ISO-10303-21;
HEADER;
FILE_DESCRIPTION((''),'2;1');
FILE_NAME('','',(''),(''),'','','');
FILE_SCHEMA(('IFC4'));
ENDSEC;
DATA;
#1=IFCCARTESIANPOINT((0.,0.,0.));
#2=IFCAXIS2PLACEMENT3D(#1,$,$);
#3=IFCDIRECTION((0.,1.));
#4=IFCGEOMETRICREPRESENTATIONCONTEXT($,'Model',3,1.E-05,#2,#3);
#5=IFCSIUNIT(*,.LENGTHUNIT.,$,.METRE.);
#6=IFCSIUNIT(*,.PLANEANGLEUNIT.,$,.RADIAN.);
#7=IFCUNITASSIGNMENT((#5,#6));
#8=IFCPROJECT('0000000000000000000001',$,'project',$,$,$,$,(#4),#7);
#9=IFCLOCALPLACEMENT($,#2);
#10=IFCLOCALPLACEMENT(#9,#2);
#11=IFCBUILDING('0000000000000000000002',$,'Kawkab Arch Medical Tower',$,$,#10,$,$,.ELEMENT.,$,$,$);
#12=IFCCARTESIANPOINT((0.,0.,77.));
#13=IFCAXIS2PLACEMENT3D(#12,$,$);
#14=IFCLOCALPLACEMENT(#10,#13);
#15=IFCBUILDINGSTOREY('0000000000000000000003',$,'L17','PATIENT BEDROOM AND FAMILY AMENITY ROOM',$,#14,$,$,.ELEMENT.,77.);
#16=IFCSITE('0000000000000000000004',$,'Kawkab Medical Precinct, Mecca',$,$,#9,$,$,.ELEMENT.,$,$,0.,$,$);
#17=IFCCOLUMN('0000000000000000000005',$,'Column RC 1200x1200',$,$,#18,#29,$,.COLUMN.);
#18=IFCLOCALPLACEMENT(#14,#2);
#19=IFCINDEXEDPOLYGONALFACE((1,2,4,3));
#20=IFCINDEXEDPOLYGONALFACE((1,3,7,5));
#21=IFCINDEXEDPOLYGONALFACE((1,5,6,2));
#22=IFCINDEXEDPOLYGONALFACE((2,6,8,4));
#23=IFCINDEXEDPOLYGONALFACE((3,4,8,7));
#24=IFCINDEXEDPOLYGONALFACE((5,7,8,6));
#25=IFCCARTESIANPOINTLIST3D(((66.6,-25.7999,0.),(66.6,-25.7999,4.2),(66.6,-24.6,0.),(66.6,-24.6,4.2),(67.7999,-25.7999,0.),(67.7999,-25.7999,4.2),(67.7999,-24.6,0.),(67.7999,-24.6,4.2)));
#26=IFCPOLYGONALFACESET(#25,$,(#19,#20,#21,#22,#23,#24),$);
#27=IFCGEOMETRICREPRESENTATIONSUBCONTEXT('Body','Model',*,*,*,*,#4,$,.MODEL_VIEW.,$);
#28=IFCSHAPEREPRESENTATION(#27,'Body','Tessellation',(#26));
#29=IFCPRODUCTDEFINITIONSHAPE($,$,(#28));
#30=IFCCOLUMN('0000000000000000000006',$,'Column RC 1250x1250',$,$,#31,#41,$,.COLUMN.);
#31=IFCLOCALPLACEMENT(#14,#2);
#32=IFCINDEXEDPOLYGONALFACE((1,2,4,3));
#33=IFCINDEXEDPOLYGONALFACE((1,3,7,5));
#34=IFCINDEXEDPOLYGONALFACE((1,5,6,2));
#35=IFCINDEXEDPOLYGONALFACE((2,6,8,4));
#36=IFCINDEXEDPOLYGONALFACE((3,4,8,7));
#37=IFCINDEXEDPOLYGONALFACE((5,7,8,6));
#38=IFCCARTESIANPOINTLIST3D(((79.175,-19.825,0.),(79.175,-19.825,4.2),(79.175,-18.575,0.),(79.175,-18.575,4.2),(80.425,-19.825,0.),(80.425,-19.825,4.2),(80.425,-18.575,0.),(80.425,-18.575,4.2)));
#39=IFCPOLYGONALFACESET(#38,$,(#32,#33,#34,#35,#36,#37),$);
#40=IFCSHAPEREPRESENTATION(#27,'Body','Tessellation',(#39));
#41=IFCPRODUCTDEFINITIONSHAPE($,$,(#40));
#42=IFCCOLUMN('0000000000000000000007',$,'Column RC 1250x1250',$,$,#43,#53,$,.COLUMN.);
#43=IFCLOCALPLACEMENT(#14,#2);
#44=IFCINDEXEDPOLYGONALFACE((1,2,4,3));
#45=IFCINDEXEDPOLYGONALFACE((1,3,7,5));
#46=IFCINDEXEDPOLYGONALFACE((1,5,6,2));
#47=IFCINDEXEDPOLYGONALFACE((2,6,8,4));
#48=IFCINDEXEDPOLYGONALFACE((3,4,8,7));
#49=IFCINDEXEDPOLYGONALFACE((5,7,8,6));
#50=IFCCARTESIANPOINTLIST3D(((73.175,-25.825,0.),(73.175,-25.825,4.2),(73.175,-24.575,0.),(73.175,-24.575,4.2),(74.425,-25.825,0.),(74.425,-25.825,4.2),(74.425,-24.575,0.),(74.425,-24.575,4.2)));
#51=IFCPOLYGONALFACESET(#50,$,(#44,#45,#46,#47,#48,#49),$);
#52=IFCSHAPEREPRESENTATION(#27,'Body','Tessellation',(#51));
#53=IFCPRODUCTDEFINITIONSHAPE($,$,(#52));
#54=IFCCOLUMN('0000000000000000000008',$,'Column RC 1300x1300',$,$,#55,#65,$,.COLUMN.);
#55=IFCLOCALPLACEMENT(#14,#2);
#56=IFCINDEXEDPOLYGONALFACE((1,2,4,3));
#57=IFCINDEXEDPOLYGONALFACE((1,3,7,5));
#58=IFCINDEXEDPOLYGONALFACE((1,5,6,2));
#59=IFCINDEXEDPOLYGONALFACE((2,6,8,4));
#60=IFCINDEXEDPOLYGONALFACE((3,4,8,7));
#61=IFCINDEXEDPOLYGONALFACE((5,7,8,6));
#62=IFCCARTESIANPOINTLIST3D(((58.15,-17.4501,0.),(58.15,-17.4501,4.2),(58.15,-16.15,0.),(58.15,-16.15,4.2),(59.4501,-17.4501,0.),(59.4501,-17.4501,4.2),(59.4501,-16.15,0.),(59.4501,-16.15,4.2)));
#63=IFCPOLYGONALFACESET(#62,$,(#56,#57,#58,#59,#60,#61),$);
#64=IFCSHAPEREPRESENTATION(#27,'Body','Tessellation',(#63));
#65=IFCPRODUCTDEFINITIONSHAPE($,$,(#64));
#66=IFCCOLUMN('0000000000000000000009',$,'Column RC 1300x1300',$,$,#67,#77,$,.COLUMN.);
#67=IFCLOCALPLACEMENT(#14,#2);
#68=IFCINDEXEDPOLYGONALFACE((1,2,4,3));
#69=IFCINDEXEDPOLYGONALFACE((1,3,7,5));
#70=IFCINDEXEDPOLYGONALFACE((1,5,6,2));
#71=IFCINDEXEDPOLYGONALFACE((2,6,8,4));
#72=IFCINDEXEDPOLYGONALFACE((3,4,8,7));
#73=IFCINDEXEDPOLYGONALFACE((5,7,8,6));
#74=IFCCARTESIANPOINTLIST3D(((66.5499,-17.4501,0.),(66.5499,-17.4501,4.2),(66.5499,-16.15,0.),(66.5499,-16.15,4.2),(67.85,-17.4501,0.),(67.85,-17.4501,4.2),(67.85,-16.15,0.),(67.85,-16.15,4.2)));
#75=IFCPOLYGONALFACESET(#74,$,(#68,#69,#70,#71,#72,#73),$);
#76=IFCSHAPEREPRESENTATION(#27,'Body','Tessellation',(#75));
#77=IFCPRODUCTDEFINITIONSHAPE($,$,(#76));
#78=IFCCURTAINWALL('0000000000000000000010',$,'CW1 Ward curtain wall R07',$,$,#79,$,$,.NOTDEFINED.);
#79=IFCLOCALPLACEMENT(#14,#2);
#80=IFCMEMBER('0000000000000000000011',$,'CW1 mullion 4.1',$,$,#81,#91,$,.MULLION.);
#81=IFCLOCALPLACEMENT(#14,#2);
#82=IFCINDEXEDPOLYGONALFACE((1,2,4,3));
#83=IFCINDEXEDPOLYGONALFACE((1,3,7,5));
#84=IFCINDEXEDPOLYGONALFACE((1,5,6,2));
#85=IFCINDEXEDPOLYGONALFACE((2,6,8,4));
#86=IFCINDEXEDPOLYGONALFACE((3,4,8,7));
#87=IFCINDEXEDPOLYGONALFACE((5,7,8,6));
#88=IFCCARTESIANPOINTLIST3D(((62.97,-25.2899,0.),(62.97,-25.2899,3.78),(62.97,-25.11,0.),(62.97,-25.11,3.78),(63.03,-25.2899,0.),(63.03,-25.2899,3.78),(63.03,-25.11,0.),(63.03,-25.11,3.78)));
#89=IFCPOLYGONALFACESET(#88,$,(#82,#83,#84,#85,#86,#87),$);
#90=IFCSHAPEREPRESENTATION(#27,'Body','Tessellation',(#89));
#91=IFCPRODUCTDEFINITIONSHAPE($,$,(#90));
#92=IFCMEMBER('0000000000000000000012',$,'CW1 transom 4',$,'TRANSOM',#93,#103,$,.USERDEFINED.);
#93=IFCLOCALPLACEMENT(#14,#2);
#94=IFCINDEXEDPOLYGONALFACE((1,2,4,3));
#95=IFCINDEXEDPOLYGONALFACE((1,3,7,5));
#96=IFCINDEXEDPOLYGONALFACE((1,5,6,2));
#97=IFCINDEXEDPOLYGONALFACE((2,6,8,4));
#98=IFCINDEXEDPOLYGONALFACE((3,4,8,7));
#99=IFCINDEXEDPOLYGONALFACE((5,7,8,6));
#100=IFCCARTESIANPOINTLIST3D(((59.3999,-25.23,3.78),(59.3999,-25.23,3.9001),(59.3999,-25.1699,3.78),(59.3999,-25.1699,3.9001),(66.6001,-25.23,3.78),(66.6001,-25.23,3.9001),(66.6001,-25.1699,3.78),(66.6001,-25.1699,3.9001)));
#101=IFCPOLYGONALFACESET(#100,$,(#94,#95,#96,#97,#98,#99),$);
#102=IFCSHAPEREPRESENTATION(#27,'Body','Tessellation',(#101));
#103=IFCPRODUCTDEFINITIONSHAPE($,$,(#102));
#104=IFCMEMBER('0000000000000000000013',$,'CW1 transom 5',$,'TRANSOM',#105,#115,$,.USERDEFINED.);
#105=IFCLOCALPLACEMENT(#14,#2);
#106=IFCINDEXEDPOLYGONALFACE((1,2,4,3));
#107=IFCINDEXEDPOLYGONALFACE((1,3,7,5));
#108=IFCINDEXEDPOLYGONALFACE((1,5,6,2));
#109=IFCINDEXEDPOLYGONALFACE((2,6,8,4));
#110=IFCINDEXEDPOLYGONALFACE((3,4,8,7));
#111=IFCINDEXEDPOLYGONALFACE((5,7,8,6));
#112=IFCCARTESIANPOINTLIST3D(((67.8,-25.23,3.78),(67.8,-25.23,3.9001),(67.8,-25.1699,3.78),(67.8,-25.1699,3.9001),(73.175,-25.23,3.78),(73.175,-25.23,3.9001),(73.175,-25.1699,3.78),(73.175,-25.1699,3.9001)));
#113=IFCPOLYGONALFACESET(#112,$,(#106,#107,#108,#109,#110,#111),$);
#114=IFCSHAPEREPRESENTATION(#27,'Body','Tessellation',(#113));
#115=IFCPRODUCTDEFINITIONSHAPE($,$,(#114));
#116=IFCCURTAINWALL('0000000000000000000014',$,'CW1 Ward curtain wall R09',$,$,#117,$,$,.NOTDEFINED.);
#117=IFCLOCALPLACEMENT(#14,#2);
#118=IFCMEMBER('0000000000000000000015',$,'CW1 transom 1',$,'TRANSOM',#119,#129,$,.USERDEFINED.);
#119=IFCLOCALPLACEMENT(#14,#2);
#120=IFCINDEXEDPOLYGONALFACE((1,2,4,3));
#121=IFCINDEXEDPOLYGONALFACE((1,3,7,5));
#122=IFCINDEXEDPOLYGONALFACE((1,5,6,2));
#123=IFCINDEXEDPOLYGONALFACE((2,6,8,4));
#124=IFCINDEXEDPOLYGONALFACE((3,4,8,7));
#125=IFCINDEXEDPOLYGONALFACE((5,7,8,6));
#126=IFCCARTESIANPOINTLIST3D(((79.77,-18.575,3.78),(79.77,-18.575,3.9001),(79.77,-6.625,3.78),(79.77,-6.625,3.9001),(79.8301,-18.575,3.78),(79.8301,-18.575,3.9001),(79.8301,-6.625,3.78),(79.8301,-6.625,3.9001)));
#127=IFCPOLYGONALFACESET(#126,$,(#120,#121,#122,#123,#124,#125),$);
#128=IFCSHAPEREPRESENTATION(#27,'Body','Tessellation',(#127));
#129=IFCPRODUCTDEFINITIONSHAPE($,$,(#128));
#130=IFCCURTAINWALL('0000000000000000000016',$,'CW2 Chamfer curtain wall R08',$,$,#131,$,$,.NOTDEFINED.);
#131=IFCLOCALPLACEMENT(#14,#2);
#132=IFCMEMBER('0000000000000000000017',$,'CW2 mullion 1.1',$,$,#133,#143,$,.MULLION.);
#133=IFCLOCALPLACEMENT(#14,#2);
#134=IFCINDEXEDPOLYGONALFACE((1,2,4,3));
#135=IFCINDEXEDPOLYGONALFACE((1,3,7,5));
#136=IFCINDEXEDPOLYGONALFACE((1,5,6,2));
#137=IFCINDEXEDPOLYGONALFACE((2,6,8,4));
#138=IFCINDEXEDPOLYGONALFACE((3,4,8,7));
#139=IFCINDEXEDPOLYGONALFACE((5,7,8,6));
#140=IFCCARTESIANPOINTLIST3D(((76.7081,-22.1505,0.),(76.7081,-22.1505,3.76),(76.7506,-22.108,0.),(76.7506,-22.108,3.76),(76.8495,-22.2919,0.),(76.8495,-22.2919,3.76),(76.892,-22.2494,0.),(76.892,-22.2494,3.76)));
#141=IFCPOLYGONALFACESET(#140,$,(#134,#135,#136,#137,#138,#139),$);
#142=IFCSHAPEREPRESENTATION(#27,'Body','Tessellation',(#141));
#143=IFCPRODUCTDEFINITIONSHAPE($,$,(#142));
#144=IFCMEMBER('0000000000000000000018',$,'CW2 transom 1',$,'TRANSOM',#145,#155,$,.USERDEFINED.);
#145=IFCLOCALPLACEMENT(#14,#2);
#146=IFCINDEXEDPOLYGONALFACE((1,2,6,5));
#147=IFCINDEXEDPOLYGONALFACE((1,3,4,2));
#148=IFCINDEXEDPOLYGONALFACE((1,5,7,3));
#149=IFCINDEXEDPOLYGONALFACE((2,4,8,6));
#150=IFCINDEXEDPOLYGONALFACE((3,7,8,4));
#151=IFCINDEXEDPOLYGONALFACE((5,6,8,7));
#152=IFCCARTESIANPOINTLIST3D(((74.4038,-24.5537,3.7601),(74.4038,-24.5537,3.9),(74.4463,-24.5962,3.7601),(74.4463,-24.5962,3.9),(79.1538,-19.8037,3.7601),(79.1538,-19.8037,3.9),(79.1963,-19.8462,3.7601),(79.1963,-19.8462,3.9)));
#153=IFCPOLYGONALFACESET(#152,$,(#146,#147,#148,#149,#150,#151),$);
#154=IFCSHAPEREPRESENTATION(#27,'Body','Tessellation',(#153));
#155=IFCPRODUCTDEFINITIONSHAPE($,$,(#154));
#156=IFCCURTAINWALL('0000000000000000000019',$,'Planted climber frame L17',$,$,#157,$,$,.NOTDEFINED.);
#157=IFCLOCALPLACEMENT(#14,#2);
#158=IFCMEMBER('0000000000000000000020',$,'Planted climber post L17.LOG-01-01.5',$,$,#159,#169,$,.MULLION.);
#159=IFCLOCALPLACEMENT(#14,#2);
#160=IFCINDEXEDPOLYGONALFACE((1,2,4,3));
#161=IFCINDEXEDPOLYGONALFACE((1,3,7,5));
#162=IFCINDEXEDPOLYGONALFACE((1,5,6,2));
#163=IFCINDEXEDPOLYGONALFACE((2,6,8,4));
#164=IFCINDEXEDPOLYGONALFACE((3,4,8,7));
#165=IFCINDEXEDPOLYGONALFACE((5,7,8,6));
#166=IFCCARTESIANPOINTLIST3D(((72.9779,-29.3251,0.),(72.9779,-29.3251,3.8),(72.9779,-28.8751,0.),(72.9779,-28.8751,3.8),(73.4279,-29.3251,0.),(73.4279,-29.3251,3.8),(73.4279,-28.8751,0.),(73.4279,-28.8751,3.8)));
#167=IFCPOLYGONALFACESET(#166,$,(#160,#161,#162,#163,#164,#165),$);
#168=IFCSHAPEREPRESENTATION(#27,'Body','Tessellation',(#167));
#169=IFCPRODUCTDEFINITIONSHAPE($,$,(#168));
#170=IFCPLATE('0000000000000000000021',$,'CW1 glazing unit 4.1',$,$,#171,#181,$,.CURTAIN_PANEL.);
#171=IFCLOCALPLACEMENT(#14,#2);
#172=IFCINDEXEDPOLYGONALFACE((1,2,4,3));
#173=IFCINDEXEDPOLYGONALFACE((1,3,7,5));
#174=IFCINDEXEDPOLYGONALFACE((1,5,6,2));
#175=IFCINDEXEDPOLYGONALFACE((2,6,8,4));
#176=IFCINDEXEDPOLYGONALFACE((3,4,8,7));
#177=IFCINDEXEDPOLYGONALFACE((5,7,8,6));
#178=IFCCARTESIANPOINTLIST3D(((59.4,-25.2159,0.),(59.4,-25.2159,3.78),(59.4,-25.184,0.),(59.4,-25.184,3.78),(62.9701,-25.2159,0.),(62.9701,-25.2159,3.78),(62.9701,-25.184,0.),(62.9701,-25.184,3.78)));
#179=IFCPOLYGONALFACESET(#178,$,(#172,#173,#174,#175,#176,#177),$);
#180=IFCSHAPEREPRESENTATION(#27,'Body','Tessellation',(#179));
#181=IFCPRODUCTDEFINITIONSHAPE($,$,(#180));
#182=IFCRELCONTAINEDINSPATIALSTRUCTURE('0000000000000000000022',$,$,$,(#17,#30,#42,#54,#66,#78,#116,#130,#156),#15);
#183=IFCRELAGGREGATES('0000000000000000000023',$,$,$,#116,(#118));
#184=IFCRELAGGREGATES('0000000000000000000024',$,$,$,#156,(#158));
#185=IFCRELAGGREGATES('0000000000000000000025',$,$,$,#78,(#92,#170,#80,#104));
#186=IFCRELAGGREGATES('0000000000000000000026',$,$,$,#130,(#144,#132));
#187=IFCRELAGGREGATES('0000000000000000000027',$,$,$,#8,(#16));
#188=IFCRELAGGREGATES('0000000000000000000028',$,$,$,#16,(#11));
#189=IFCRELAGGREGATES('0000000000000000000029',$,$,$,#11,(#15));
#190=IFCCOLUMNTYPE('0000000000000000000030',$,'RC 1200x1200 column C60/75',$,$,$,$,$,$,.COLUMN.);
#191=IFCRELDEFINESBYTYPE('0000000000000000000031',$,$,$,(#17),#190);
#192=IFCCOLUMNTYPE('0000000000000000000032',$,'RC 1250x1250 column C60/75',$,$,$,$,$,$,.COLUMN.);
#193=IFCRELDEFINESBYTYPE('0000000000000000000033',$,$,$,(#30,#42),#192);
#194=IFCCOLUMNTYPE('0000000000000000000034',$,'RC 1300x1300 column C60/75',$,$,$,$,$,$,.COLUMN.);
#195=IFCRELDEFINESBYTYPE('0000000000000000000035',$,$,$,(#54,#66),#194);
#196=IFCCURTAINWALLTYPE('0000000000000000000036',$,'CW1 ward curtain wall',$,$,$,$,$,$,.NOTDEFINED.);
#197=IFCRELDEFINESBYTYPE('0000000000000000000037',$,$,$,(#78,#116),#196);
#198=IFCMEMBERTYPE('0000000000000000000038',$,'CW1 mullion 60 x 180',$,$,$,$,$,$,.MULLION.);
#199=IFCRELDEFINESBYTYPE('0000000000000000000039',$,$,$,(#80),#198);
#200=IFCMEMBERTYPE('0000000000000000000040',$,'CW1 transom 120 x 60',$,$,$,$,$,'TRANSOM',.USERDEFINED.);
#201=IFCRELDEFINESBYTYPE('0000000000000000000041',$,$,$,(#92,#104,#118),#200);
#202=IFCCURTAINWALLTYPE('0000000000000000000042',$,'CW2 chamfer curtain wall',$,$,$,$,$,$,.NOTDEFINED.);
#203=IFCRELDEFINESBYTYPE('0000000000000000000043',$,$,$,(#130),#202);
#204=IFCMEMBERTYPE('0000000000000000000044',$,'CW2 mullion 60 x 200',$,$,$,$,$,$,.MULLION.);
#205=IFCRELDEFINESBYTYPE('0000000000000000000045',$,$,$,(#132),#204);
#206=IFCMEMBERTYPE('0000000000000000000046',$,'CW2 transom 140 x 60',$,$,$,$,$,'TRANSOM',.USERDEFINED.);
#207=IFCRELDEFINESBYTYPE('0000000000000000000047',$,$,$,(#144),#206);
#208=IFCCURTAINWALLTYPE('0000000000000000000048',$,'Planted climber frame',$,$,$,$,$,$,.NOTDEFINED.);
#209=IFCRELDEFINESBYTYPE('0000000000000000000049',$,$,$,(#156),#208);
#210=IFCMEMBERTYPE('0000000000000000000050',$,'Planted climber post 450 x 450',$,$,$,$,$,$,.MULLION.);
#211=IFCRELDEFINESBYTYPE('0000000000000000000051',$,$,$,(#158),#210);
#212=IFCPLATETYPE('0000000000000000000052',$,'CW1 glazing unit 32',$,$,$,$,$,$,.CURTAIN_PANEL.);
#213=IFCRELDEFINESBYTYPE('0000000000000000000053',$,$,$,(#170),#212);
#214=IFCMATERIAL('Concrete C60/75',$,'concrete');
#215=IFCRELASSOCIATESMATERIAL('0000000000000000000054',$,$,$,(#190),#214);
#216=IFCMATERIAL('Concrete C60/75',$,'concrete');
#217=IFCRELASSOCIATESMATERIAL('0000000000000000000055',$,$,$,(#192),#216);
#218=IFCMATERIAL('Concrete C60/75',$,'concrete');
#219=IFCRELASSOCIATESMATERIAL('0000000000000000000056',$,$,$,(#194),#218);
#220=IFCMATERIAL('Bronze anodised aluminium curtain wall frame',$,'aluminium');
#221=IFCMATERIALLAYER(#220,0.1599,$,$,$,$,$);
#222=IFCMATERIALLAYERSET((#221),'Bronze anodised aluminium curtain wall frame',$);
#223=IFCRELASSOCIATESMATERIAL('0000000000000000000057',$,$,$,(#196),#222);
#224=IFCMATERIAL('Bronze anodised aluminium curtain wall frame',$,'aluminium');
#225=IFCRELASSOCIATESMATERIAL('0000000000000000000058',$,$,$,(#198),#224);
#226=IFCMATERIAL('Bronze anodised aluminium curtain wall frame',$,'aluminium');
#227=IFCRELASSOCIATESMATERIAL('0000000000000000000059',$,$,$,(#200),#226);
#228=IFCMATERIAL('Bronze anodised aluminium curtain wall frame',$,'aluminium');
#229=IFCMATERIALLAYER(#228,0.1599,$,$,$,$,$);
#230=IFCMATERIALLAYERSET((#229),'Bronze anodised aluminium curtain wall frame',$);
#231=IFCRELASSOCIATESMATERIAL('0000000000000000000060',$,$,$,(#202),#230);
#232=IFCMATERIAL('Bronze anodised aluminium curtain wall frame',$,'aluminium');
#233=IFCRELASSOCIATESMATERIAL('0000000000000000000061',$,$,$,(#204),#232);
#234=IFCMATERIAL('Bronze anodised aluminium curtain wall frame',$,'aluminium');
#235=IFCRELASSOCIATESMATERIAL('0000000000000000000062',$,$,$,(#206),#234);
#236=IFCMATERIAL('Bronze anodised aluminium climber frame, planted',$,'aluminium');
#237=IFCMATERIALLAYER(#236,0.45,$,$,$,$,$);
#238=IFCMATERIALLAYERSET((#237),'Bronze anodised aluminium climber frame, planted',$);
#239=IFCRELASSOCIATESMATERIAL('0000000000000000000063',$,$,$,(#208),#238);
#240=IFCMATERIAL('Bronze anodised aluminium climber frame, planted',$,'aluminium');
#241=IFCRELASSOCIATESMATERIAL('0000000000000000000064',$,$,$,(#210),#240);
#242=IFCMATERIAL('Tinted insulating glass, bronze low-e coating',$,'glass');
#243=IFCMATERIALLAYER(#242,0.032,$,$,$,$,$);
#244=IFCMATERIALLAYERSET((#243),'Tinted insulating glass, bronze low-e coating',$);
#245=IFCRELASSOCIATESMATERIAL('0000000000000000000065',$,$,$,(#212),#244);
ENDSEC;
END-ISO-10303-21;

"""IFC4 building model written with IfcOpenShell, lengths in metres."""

from ifc_helpers import new_model, si_unit, direction, frame, origin, origin_2d, place, context, subcontext, project, spatial, rectangle, extrude, material, layer, layer_set, material_profile, profile_set, type_object, element, aggregate, save


model = new_model("IFC4")

# Units and contexts
model_context = context("Model", 3, precision=1e-05, world=origin(), true_north=direction((0.0, 1.0)))
body_context = subcontext(model_context, "Body", "Model", "MODEL_VIEW")
ifc_project = project(units=[si_unit("LENGTHUNIT", "METRE"), si_unit("PLANEANGLEUNIT", "RADIAN")], contexts=[model_context])

# Site, building, storey
site_placement = place(None, origin())
site = spatial("IfcSite", under=ifc_project, at=site_placement, Name="Kawkab Medical Precinct, Mecca", CompositionType="ELEMENT", RefElevation=0.0)
building_placement = place(site_placement, origin())
building = spatial("IfcBuilding", under=site, at=building_placement, Name="Kawkab Arch Medical Tower", CompositionType="ELEMENT")
storey_placement = place(building_placement, frame((0.0, 0.0, 77.0)))
storey = spatial("IfcBuildingStorey", under=building, at=storey_placement, Name="L17", Description="PATIENT BEDROOM AND FAMILY AMENITY ROOM", CompositionType="ELEMENT", Elevation=77.0)

# Columns
ifc_material_1 = material(Name="Concrete C60/75", Category="concrete")
ifc_material_profile_1 = material_profile(ifc_material_1, rectangle(XDim=1.2, YDim=1.2, at=origin_2d()), Name="RC 1200x1200")
ifc_profile_set_1 = profile_set([ifc_material_profile_1], Name="Concrete C60/75")
column_type_1 = type_object("IfcColumnType", Name="RC 1200x1200 column C60/75", PredefinedType="COLUMN", material=ifc_profile_set_1)
column_placement = place(storey_placement, frame((67.2, -25.2, 0.0), z_axis=(0.0, 0.0, 1.0), x_axis=(1.0, 0.0, 0.0)))
element("IfcColumn", 1, at=column_placement, inside=storey, type_object=column_type_1, Name="Column RC 1200x1200", PredefinedType="COLUMN", context=body_context, shape_type="SweptSolid", body=[
    extrude(rectangle(XDim=1.2, YDim=1.2, at=origin_2d()), origin(), (0.0, 0.0, 1.0), 4.2),
])
ifc_material_2 = material(Name="Concrete C60/75", Category="concrete")
ifc_material_profile_2 = material_profile(ifc_material_2, rectangle(XDim=1.25, YDim=1.25, at=origin_2d()), Name="RC 1250x1250")
ifc_profile_set_2 = profile_set([ifc_material_profile_2], Name="Concrete C60/75")
column_type_2 = type_object("IfcColumnType", Name="RC 1250x1250 column C60/75", PredefinedType="COLUMN", material=ifc_profile_set_2)
for number, where, z_axis, x_axis, name in (
    (2, (79.8, -19.2, 0.0), (0.0, 0.0, 1.0), (1.0, 0.0, 0.0), "Column RC 1250x1250"),
    (3, (73.8, -25.2, 0.0), (0.0, 0.0, 1.0), (1.0, 0.0, 0.0), "Column RC 1250x1250"),
):
    element("IfcColumn", number, at=place(storey_placement, frame(where, z_axis=z_axis, x_axis=x_axis)), inside=storey, type_object=column_type_2, Name=name, PredefinedType="COLUMN", context=body_context, shape_type="SweptSolid", body=[
        extrude(rectangle(XDim=1.25, YDim=1.25, at=origin_2d()), origin(), (0.0, 0.0, 1.0), 4.2),
    ])
ifc_material_3 = material(Name="Concrete C60/75", Category="concrete")
ifc_material_profile_3 = material_profile(ifc_material_3, rectangle(XDim=1.3, YDim=1.3, at=origin_2d()), Name="RC 1300x1300")
ifc_profile_set_3 = profile_set([ifc_material_profile_3], Name="Concrete C60/75")
column_type_3 = type_object("IfcColumnType", Name="RC 1300x1300 column C60/75", PredefinedType="COLUMN", material=ifc_profile_set_3)
for number, where, z_axis, x_axis, name in (
    (4, (58.8, -16.8, 0.0), (0.0, 0.0, 1.0), (1.0, 0.0, 0.0), "Column RC 1300x1300"),
    (5, (67.2, -16.8, 0.0), (0.0, 0.0, 1.0), (1.0, 0.0, 0.0), "Column RC 1300x1300"),
):
    element("IfcColumn", number, at=place(storey_placement, frame(where, z_axis=z_axis, x_axis=x_axis)), inside=storey, type_object=column_type_3, Name=name, PredefinedType="COLUMN", context=body_context, shape_type="SweptSolid", body=[
        extrude(rectangle(XDim=1.3, YDim=1.3, at=origin_2d()), origin(), (0.0, 0.0, 1.0), 4.2),
    ])

# Curtain wall, members
ifc_material_4 = material(Name="Bronze anodised aluminium curtain wall frame", Category="aluminium")
ifc_layer_1 = layer(ifc_material_4, 0.1599)
ifc_layer_set_1 = layer_set([ifc_layer_1], Name="Bronze anodised aluminium curtain wall frame")
curtain_wall_type_1 = type_object("IfcCurtainWallType", Name="CW1 ward curtain wall", PredefinedType="NOTDEFINED", material=ifc_layer_set_1)
placement = place(storey_placement, origin())
curtain_wall_1 = element("IfcCurtainWall", 6, at=placement, inside=storey, type_object=curtain_wall_type_1, Name="CW1 Ward curtain wall R07", PredefinedType="NOTDEFINED")
ifc_material_5 = material(Name="Bronze anodised aluminium curtain wall frame", Category="aluminium")
ifc_material_profile_4 = material_profile(ifc_material_5, rectangle(XDim=0.1799, YDim=0.0601, at=origin_2d()), Name="AL 60x180")
ifc_profile_set_4 = profile_set([ifc_material_profile_4], Name="Bronze anodised aluminium curtain wall frame")
member_type_1 = type_object("IfcMemberType", Name="CW1 mullion 60 x 180", PredefinedType="MULLION", material=ifc_profile_set_4)
member_1_placement = place(storey_placement, frame((63.0, -25.2, 0.0), z_axis=(0.0, 0.0, 1.0), x_axis=(0.0, 1.0, 0.0)))
member_1 = element("IfcMember", 7, at=member_1_placement, type_object=member_type_1, Name="CW1 mullion 4.1", PredefinedType="MULLION", context=body_context, shape_type="SweptSolid", body=[
    extrude(rectangle(XDim=0.1799, YDim=0.0601, at=origin_2d()), origin(), (0.0, 0.0, 1.0), 3.78),
])
ifc_material_6 = material(Name="Bronze anodised aluminium curtain wall frame", Category="aluminium")
ifc_material_profile_5 = material_profile(ifc_material_6, rectangle(XDim=0.0601, YDim=0.1201, at=origin_2d()), Name="AL 60x120")
ifc_profile_set_5 = profile_set([ifc_material_profile_5], Name="Bronze anodised aluminium curtain wall frame")
member_type_2 = type_object("IfcMemberType", Name="CW1 transom 120 x 60", ElementType="TRANSOM", PredefinedType="USERDEFINED", material=ifc_profile_set_5)
member_2_placement = place(storey_placement, frame((59.3999, -25.2, 3.8401), z_axis=(1.0, 0.0, 0.0), x_axis=(0.0, 1.0, 0.0)))
member_2 = element("IfcMember", 8, at=member_2_placement, type_object=member_type_2, Name="CW1 transom 4", ObjectType="TRANSOM", PredefinedType="USERDEFINED", context=body_context, shape_type="SweptSolid", body=[
    extrude(rectangle(XDim=0.0601, YDim=0.1201, at=origin_2d()), origin(), (0.0, 0.0, 1.0), 7.2002),
])
member_3_placement = place(storey_placement, frame((67.8, -25.2, 3.8401), z_axis=(1.0, 0.0, 0.0), x_axis=(0.0, 1.0, 0.0)))
member_3 = element("IfcMember", 9, at=member_3_placement, type_object=member_type_2, Name="CW1 transom 5", ObjectType="TRANSOM", PredefinedType="USERDEFINED", context=body_context, shape_type="SweptSolid", body=[
    extrude(rectangle(XDim=0.0601, YDim=0.1201, at=origin_2d()), origin(), (0.0, 0.0, 1.0), 5.375),
])

# Curtain wall, member
curtain_wall_2 = element("IfcCurtainWall", 10, at=placement, inside=storey, type_object=curtain_wall_type_1, Name="CW1 Ward curtain wall R09", PredefinedType="NOTDEFINED")
member_4_placement = place(storey_placement, frame((79.8, -18.575, 3.8401), z_axis=(0.0, 1.0, 0.0), x_axis=(-1.0, 0.0, 0.0)))
member_4 = element("IfcMember", 11, at=member_4_placement, type_object=member_type_2, Name="CW1 transom 1", ObjectType="TRANSOM", PredefinedType="USERDEFINED", context=body_context, shape_type="SweptSolid", body=[
    extrude(rectangle(XDim=0.0601, YDim=0.1201, at=origin_2d()), origin(), (0.0, 0.0, 1.0), 11.95),
])
aggregate(curtain_wall_2, [member_4])

# Curtain wall, members
ifc_material_7 = material(Name="Bronze anodised aluminium curtain wall frame", Category="aluminium")
ifc_layer_2 = layer(ifc_material_7, 0.1599)
ifc_layer_set_2 = layer_set([ifc_layer_2], Name="Bronze anodised aluminium curtain wall frame")
curtain_wall_type_2 = type_object("IfcCurtainWallType", Name="CW2 chamfer curtain wall", PredefinedType="NOTDEFINED", material=ifc_layer_set_2)
curtain_wall_3 = element("IfcCurtainWall", 12, at=placement, inside=storey, type_object=curtain_wall_type_2, Name="CW2 Chamfer curtain wall R08", PredefinedType="NOTDEFINED")
ifc_material_8 = material(Name="Bronze anodised aluminium curtain wall frame", Category="aluminium")
ifc_material_profile_6 = material_profile(ifc_material_8, rectangle(XDim=0.2, YDim=0.0601, at=origin_2d()), Name="AL 60x200")
ifc_profile_set_6 = profile_set([ifc_material_profile_6], Name="Bronze anodised aluminium curtain wall frame")
member_type_3 = type_object("IfcMemberType", Name="CW2 mullion 60 x 200", PredefinedType="MULLION", material=ifc_profile_set_6)
member_5_placement = place(storey_placement, frame((76.8, -22.2, 0.0), z_axis=(0.0, 0.0, 1.0), x_axis=(-0.707107, 0.707107, 0.0)))
member_5 = element("IfcMember", 13, at=member_5_placement, type_object=member_type_3, Name="CW2 mullion 1.1", PredefinedType="MULLION", context=body_context, shape_type="SweptSolid", body=[
    extrude(rectangle(XDim=0.2, YDim=0.0601, at=origin_2d()), origin(), (0.0, 0.0, 1.0), 3.76),
])
ifc_material_9 = material(Name="Bronze anodised aluminium curtain wall frame", Category="aluminium")
ifc_material_profile_7 = material_profile(ifc_material_9, rectangle(XDim=0.0601, YDim=0.1399, at=origin_2d()), Name="AL 60x140")
ifc_profile_set_7 = profile_set([ifc_material_profile_7], Name="Bronze anodised aluminium curtain wall frame")
member_type_4 = type_object("IfcMemberType", Name="CW2 transom 140 x 60", ElementType="TRANSOM", PredefinedType="USERDEFINED", material=ifc_profile_set_7)
member_6_placement = place(storey_placement, frame((74.425, -24.575, 3.8301), z_axis=(0.707107, 0.707107, 0.0), x_axis=(-0.707107, 0.707107, 0.0)))
member_6 = element("IfcMember", 14, at=member_6_placement, type_object=member_type_4, Name="CW2 transom 1", ObjectType="TRANSOM", PredefinedType="USERDEFINED", context=body_context, shape_type="SweptSolid", body=[
    extrude(rectangle(XDim=0.0601, YDim=0.1399, at=origin_2d()), origin(), (0.0, 0.0, 1.0), 6.7175),
])

# Curtain wall, member
ifc_material_10 = material(Name="Bronze anodised aluminium climber frame, planted", Category="aluminium")
ifc_layer_3 = layer(ifc_material_10, 0.45)
ifc_layer_set_3 = layer_set([ifc_layer_3], Name="Bronze anodised aluminium climber frame, planted")
curtain_wall_type_3 = type_object("IfcCurtainWallType", Name="Planted climber frame", PredefinedType="NOTDEFINED", material=ifc_layer_set_3)
curtain_wall_4 = element("IfcCurtainWall", 15, at=placement, inside=storey, type_object=curtain_wall_type_3, Name="Planted climber frame L17", PredefinedType="NOTDEFINED")
ifc_material_11 = material(Name="Bronze anodised aluminium climber frame, planted", Category="aluminium")
ifc_material_profile_8 = material_profile(ifc_material_11, rectangle(XDim=0.45, YDim=0.45, at=origin_2d()), Name="Post 450x450")
ifc_profile_set_8 = profile_set([ifc_material_profile_8], Name="Bronze anodised aluminium climber frame, planted")
member_type_5 = type_object("IfcMemberType", Name="Planted climber post 450 x 450", PredefinedType="MULLION", material=ifc_profile_set_8)
member_7_placement = place(storey_placement, frame((73.2029, -29.1001, 0.0), z_axis=(0.0, 0.0, 1.0), x_axis=(1.0, 0.0, 0.0)))
member_7 = element("IfcMember", 16, at=member_7_placement, type_object=member_type_5, Name="Planted climber post L17.LOG-01-01.5", PredefinedType="MULLION", context=body_context, shape_type="SweptSolid", body=[
    extrude(rectangle(XDim=0.45, YDim=0.45, at=origin_2d()), origin(), (0.0, 0.0, 1.0), 3.8),
])
aggregate(curtain_wall_4, [member_7])

# Plate
ifc_material_12 = material(Name="Tinted insulating glass, bronze low-e coating", Category="glass")
ifc_layer_4 = layer(ifc_material_12, 0.032)
ifc_layer_set_4 = layer_set([ifc_layer_4], Name="Tinted insulating glass, bronze low-e coating")
plate_type_1 = type_object("IfcPlateType", Name="CW1 glazing unit 32", PredefinedType="CURTAIN_PANEL", material=ifc_layer_set_4)
plate_1_placement = place(storey_placement, frame((61.1851, -25.2, 0.0), z_axis=(0.0, 0.0, 1.0), x_axis=(1.0, 0.0, 0.0)))
plate_1 = element("IfcPlate", 17, at=plate_1_placement, type_object=plate_type_1, Name="CW1 glazing unit 4.1", PredefinedType="CURTAIN_PANEL", context=body_context, shape_type="SweptSolid", body=[
    extrude(rectangle(XDim=3.5701, YDim=0.032, at=origin_2d()), origin(), (0.0, 0.0, 1.0), 3.78),
])
aggregate(curtain_wall_1, [member_2, plate_1, member_1, member_3])
aggregate(curtain_wall_3, [member_6, member_5])

save(model, "model.ifc")
